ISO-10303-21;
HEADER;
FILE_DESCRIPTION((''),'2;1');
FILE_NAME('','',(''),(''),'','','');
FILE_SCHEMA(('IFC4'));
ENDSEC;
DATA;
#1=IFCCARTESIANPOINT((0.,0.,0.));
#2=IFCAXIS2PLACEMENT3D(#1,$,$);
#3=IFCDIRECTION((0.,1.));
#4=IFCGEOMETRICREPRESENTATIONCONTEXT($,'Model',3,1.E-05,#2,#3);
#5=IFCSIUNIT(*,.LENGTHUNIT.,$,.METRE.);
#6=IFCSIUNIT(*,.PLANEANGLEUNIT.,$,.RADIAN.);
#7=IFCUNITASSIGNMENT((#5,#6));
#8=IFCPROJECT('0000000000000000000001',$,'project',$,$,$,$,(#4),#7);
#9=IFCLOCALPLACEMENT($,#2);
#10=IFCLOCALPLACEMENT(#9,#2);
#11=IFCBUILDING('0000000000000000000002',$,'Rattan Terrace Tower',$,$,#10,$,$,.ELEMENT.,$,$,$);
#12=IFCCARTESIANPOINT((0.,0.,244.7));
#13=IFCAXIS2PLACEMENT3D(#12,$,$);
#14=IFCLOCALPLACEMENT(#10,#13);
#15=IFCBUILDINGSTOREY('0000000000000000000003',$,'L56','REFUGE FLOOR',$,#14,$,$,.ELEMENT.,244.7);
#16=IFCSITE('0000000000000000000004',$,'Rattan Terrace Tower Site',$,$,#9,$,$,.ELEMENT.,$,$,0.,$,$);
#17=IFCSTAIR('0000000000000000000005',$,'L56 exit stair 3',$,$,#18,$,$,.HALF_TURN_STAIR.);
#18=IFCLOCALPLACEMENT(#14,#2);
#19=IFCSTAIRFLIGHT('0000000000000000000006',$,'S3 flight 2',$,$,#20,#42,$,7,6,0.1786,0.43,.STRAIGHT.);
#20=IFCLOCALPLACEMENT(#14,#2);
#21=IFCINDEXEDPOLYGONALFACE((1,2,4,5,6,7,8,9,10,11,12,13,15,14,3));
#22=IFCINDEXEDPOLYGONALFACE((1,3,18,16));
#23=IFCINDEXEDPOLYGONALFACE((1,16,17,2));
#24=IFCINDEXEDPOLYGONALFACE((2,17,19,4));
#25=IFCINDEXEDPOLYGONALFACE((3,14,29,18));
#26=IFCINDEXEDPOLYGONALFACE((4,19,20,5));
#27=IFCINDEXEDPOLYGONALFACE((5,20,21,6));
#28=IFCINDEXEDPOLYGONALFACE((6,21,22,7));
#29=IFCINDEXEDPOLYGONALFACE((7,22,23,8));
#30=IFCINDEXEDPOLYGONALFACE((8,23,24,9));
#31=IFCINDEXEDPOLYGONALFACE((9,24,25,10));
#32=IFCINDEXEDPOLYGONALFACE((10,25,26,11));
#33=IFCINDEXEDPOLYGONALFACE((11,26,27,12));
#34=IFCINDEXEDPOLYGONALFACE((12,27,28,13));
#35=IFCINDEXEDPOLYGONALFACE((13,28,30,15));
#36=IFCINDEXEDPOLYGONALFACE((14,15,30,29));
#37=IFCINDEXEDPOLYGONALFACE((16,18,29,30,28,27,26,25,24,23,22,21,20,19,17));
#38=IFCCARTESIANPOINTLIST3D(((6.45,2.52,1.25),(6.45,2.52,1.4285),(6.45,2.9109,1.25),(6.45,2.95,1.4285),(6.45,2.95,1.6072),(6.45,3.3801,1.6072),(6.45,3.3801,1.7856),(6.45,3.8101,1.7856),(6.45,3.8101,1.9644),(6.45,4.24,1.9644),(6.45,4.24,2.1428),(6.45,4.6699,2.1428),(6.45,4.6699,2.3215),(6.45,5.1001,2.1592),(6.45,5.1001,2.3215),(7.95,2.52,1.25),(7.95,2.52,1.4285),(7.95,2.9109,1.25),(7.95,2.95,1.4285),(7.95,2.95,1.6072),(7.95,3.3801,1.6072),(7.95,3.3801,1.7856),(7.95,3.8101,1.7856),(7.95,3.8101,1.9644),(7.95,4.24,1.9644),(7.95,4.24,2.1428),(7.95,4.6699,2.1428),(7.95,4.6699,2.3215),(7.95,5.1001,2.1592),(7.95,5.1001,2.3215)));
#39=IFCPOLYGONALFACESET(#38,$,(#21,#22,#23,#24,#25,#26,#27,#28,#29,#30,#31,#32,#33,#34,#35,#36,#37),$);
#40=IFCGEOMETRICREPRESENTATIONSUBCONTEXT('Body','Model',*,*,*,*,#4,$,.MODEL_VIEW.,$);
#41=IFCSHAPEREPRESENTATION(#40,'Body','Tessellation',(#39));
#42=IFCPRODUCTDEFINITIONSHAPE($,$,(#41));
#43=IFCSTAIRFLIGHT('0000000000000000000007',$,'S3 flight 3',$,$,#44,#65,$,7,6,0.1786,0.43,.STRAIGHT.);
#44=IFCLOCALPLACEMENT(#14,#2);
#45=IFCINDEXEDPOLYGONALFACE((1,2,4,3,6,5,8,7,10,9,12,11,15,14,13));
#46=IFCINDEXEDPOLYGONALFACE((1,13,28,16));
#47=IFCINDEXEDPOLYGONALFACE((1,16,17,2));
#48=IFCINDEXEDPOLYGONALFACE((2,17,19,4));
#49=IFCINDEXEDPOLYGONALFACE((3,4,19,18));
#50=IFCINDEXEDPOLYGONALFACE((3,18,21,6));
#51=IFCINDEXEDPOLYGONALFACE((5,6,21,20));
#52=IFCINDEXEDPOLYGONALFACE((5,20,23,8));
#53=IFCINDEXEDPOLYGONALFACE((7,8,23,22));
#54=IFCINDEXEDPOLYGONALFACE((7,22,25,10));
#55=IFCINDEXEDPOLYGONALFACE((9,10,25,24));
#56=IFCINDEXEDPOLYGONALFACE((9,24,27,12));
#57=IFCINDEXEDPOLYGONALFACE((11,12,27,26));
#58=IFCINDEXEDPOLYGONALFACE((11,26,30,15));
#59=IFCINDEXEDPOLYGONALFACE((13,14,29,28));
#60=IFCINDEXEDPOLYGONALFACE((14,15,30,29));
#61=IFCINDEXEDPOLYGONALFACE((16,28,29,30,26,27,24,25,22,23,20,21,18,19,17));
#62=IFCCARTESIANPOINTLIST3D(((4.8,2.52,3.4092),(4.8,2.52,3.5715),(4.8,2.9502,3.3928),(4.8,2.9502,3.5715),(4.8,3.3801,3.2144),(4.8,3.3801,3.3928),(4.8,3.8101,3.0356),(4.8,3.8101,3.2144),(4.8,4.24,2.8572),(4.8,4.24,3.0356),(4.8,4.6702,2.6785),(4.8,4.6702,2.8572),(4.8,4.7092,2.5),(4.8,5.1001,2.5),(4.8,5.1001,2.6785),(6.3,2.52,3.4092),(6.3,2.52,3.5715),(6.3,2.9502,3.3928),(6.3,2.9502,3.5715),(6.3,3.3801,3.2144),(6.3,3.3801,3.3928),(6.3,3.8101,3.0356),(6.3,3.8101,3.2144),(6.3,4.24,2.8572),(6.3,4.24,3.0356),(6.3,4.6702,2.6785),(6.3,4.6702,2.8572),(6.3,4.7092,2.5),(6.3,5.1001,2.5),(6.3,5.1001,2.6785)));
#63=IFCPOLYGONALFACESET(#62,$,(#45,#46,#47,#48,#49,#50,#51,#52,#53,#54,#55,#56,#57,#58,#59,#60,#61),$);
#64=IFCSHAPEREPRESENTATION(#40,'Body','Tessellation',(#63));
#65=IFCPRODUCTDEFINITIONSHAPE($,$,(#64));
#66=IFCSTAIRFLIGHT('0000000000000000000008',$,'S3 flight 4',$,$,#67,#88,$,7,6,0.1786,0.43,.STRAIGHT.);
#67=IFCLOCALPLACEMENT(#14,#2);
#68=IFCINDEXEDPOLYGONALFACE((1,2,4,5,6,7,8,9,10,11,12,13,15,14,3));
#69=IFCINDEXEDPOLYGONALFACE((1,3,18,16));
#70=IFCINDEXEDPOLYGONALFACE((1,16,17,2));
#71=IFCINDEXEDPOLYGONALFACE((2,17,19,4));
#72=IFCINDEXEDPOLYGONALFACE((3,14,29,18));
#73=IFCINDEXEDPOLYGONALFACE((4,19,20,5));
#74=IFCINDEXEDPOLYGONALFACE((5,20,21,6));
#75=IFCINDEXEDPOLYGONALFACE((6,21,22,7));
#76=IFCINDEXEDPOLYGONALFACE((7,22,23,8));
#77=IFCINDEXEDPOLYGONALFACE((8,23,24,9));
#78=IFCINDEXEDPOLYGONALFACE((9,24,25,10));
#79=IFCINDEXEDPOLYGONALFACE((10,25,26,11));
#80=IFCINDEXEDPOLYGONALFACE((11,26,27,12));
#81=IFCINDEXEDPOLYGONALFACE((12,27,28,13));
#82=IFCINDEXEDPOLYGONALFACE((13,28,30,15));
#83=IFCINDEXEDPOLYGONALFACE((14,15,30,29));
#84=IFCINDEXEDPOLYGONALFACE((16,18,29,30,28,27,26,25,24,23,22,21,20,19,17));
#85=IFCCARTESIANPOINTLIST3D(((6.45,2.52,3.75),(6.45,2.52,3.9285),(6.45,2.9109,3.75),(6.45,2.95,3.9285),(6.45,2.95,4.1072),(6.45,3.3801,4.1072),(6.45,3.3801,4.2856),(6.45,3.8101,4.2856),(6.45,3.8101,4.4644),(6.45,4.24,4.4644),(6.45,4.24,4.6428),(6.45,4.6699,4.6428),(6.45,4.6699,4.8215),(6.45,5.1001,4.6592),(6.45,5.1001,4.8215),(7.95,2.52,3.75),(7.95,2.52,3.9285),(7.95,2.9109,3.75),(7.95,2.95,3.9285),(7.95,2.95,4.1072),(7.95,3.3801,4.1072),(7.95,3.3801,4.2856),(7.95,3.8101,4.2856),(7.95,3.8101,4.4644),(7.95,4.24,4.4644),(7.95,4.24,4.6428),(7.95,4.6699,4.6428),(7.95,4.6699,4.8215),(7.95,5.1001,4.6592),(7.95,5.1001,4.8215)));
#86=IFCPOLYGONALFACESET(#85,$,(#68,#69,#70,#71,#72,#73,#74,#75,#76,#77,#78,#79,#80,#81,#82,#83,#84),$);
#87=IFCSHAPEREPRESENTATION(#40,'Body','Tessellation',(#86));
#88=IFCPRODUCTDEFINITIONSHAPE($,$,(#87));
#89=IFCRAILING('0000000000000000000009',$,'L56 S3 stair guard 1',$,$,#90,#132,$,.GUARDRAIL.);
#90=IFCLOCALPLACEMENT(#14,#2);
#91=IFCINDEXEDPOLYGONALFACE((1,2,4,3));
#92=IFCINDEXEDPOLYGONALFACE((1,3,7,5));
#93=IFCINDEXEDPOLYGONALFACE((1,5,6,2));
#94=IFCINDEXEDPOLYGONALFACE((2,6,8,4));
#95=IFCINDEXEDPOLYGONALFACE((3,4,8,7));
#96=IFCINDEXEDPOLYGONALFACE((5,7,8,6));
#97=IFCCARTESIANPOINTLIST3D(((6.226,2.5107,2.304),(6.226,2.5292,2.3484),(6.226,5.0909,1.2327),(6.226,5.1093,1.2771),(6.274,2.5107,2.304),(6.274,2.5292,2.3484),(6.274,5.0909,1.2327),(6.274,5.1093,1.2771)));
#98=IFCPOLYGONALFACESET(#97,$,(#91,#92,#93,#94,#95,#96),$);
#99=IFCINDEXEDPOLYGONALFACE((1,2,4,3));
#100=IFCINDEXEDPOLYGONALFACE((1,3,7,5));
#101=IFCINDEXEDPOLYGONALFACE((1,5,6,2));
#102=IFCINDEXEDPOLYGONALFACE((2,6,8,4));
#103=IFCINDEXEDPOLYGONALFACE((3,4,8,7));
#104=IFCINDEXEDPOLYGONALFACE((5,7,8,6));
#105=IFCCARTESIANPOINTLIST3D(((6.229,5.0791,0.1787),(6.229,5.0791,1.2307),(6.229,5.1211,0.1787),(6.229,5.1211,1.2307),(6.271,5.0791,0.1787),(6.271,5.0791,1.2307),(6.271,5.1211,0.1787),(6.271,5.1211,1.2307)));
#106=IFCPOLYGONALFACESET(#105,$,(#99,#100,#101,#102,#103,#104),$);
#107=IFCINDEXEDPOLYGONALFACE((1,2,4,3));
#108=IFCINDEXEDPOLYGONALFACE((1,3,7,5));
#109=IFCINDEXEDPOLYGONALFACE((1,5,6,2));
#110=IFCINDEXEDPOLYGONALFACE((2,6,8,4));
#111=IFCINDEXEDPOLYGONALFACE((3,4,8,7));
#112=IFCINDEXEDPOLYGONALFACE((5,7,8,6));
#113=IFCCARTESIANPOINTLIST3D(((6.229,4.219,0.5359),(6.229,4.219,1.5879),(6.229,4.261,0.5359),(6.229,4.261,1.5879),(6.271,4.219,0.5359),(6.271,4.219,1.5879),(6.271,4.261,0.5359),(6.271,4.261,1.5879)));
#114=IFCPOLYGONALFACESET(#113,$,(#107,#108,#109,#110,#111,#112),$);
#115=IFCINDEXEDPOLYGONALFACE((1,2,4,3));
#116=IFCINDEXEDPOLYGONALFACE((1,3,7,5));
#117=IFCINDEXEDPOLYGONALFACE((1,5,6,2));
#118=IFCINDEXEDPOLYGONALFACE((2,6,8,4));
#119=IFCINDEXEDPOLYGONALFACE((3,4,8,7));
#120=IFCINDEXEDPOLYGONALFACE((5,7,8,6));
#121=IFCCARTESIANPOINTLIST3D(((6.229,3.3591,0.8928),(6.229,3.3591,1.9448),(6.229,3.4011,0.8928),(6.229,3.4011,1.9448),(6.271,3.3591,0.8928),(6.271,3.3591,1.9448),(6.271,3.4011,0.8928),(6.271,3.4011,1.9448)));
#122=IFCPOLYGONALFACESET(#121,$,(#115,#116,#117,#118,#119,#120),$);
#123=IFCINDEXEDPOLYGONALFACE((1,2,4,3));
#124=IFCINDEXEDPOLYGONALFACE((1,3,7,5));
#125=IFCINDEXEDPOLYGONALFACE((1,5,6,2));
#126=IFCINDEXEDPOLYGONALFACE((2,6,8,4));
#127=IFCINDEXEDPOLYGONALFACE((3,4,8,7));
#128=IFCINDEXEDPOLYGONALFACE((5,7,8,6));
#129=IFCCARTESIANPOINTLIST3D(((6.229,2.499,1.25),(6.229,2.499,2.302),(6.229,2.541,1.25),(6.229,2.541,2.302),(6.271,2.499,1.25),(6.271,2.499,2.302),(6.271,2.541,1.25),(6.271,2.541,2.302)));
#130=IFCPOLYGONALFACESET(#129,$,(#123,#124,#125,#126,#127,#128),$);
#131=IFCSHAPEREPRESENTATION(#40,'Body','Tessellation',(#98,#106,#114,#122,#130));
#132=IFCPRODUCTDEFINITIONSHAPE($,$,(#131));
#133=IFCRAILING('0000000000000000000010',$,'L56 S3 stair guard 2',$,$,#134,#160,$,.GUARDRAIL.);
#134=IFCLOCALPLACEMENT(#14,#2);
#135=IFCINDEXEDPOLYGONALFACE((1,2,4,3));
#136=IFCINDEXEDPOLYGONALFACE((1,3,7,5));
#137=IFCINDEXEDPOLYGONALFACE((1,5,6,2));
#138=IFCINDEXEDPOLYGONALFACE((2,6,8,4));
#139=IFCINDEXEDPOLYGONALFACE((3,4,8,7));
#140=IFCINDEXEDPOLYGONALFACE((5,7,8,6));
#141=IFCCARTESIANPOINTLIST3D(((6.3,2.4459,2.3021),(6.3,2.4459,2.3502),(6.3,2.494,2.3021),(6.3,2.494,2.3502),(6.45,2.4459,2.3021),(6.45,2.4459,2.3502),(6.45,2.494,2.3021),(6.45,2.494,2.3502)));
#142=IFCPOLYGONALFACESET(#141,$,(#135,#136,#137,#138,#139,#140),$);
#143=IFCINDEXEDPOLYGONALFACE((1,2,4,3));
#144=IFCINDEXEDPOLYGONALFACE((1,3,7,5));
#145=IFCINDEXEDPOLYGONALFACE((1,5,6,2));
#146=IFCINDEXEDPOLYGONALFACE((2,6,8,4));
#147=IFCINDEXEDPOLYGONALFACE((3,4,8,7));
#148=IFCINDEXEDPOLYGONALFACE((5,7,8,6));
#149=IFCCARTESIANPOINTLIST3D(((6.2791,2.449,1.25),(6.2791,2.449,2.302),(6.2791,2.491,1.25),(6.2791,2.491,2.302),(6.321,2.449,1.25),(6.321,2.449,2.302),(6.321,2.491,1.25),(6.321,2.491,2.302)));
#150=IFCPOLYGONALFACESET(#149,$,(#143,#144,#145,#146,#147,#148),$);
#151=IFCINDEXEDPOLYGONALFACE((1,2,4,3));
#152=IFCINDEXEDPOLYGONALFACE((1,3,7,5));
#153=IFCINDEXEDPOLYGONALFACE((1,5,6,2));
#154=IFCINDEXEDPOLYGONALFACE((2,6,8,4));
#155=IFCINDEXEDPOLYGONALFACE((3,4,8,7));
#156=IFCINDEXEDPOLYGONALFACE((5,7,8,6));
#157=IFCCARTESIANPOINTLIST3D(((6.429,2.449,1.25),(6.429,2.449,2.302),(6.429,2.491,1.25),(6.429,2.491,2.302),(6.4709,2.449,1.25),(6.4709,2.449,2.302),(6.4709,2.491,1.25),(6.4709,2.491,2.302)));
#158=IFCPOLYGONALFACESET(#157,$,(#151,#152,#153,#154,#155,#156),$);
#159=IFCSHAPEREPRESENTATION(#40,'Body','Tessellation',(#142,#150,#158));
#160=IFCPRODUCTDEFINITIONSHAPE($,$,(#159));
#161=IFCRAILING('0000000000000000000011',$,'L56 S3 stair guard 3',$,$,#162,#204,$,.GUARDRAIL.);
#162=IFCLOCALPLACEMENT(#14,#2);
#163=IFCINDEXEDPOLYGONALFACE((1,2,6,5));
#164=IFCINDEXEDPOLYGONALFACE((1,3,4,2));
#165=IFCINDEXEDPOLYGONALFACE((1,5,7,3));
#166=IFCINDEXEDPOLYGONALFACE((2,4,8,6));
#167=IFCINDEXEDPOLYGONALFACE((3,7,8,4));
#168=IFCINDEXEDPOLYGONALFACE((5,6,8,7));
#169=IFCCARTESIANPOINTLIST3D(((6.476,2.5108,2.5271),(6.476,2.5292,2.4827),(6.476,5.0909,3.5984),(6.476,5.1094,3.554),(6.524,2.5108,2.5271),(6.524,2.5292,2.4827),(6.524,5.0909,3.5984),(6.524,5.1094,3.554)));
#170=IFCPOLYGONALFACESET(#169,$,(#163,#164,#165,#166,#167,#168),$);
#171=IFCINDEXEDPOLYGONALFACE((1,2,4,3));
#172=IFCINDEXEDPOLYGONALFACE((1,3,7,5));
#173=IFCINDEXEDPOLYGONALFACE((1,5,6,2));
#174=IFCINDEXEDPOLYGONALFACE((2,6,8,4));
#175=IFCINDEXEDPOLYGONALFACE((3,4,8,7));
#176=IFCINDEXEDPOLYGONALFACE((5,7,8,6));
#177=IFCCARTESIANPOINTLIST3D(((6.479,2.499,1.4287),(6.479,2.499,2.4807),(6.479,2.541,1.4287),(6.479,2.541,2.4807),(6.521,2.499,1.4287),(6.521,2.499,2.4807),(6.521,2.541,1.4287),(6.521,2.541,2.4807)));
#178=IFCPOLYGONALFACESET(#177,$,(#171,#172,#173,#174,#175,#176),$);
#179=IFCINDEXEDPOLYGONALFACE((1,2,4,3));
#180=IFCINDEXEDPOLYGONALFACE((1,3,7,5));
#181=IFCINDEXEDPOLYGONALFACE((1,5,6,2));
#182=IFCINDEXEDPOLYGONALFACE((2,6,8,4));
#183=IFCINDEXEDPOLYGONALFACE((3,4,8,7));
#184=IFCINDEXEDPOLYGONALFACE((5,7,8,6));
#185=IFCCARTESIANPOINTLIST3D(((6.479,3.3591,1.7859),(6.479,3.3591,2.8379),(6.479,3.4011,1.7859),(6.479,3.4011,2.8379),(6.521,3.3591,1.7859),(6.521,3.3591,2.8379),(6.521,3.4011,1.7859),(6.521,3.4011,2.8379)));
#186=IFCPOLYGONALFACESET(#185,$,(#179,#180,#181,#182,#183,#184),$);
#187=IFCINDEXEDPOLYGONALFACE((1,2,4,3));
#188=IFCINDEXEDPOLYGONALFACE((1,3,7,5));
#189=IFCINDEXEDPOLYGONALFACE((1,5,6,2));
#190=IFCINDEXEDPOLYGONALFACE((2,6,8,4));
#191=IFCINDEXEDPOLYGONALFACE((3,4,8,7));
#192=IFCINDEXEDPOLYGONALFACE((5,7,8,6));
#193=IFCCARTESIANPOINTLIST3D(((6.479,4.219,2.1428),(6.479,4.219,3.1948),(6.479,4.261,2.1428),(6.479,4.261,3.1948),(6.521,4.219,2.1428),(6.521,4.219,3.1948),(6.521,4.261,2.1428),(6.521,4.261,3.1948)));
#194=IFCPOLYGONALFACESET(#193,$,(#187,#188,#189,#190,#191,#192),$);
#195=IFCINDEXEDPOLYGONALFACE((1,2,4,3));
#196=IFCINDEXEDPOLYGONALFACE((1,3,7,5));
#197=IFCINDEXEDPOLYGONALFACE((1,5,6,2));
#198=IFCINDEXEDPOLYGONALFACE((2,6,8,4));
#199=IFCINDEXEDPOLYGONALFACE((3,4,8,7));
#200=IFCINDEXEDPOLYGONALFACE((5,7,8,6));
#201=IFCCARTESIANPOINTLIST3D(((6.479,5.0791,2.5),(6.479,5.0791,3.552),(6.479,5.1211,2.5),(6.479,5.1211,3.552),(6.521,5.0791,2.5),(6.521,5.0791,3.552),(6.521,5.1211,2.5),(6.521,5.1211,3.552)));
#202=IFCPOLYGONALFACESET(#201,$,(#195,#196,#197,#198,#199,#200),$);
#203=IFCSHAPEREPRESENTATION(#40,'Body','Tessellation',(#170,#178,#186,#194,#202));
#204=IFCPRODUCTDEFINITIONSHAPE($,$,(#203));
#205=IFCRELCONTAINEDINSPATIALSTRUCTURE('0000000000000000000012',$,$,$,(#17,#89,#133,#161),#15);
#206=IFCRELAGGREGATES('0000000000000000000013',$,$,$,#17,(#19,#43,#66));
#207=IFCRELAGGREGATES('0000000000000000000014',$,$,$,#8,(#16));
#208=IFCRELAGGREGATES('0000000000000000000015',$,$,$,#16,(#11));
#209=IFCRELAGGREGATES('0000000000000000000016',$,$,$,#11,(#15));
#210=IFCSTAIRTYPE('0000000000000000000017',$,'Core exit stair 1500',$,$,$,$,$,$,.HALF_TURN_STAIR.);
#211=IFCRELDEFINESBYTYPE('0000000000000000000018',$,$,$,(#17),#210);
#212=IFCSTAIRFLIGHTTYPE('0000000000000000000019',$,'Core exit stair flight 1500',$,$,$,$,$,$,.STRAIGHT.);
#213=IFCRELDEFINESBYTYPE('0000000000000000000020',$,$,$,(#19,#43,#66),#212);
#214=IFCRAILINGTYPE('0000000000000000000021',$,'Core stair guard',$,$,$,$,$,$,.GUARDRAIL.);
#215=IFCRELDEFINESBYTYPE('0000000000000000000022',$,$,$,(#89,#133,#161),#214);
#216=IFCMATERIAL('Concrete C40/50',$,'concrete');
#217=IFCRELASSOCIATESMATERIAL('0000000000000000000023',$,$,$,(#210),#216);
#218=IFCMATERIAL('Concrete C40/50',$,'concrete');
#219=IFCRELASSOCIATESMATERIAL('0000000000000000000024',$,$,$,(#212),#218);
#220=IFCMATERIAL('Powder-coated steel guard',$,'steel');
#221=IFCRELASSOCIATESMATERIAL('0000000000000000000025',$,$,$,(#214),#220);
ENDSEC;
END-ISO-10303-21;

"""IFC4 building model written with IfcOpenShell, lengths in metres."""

from ifc_helpers import new_model, si_unit, direction, frame, origin, origin_2d, place, context, subcontext, project, spatial, polyline, rectangle, outline, extrude, material, type_object, element, aggregate, save


model = new_model("IFC4")

# Units and contexts
model_context = context("Model", 3, precision=1e-05, world=origin(), true_north=direction((0.0, 1.0)))
body_context = subcontext(model_context, "Body", "Model", "MODEL_VIEW")
ifc_project = project(units=[si_unit("LENGTHUNIT", "METRE"), si_unit("PLANEANGLEUNIT", "RADIAN")], contexts=[model_context])

# Site, building, storey
site_placement = place(None, origin())
site = spatial("IfcSite", under=ifc_project, at=site_placement, Name="Rattan Terrace Tower Site", CompositionType="ELEMENT", RefElevation=0.0)
building_placement = place(site_placement, origin())
building = spatial("IfcBuilding", under=site, at=building_placement, Name="Rattan Terrace Tower", CompositionType="ELEMENT")
storey_placement = place(building_placement, frame((0.0, 0.0, 244.7)))
storey = spatial("IfcBuildingStorey", under=building, at=storey_placement, Name="L56", Description="REFUGE FLOOR", CompositionType="ELEMENT", Elevation=244.7)

# Stair, stair flights
ifc_material_1 = material(Name="Concrete C40/50", Category="concrete")
stair_type = type_object("IfcStairType", Name="Core exit stair 1500", PredefinedType="HALF_TURN_STAIR", material=ifc_material_1)
stair_placement = place(storey_placement, origin())
stair = element("IfcStair", 1, at=stair_placement, inside=storey, type_object=stair_type, Name="L56 exit stair 3", PredefinedType="HALF_TURN_STAIR")
ifc_material_2 = material(Name="Concrete C40/50", Category="concrete")
stair_flight_type = type_object("IfcStairFlightType", Name="Core exit stair flight 1500", PredefinedType="STRAIGHT", material=ifc_material_2)
stair_flight_1_placement = place(storey_placement, frame((7.2, 2.52, 1.25), z_axis=(0.0, 0.0, 1.0), x_axis=(0.0, 1.0, 0.0)))
stair_flight_1 = element("IfcStairFlight", 2, at=stair_flight_1_placement, type_object=stair_flight_type, Name="S3 flight 2", NumberOfRisers=7, NumberOfTreads=6, PredefinedType="STRAIGHT", RiserHeight=0.1786, TreadLength=0.43, context=body_context, shape_type="SweptSolid", body=[
    extrude(outline(polyline([(0.0, 0.0), (0.0, 0.1785), (0.4299, 0.1785), (0.4299, 0.3572), (0.8601, 0.3572), (0.8601, 0.5356), (1.29, 0.5356), (1.29, 0.7144), (1.72, 0.7144), (1.72, 0.8928), (2.1499, 0.8928), (2.1499, 1.0715), (2.5801, 1.0715), (2.5801, 1.25), (2.5801, 0.9092), (0.3909, 0.0), (0.0, 0.0)])), frame((0.0, 0.75, 0.0), z_axis=(0.0, -1.0, 0.0), x_axis=(1.0, 0.0, 0.0)), (0.0, 0.0, 1.0), 1.5),
])
stair_flight_2_placement = place(storey_placement, frame((5.55, 5.1001, 2.5), z_axis=(0.0, 0.0, 1.0), x_axis=(0.0, -1.0, 0.0)))
stair_flight_2 = element("IfcStairFlight", 3, at=stair_flight_2_placement, type_object=stair_flight_type, Name="S3 flight 3", NumberOfRisers=7, NumberOfTreads=6, PredefinedType="STRAIGHT", RiserHeight=0.1786, TreadLength=0.43, context=body_context, shape_type="SweptSolid", body=[
    extrude(outline(polyline([(0.0, 0.0), (0.0, 0.1785), (0.4299, 0.1785), (0.4299, 0.3572), (0.8601, 0.3572), (0.8601, 0.5356), (1.29, 0.5356), (1.29, 0.7144), (1.72, 0.7144), (1.72, 0.8928), (2.1499, 0.8928), (2.1499, 1.0715), (2.5801, 1.0715), (2.5801, 1.25), (2.5801, 0.9092), (0.3909, 0.0), (0.0, 0.0)])), frame((0.0, 0.75, 0.0), z_axis=(0.0, -1.0, 0.0), x_axis=(1.0, 0.0, 0.0)), (0.0, 0.0, 1.0), 1.5),
])
stair_flight_3_placement = place(storey_placement, frame((7.2, 2.52, 3.75), z_axis=(0.0, 0.0, 1.0), x_axis=(0.0, 1.0, 0.0)))
stair_flight_3 = element("IfcStairFlight", 4, at=stair_flight_3_placement, type_object=stair_flight_type, Name="S3 flight 4", NumberOfRisers=7, NumberOfTreads=6, PredefinedType="STRAIGHT", RiserHeight=0.1786, TreadLength=0.43, context=body_context, shape_type="SweptSolid", body=[
    extrude(outline(polyline([(0.0, 0.0), (0.0, 0.1785), (0.4299, 0.1785), (0.4299, 0.3572), (0.8601, 0.3572), (0.8601, 0.5356), (1.29, 0.5356), (1.29, 0.7144), (1.72, 0.7144), (1.72, 0.8928), (2.1499, 0.8928), (2.1499, 1.0715), (2.5801, 1.0715), (2.5801, 1.25), (2.5801, 0.9092), (0.3909, 0.0), (0.0, 0.0)])), frame((0.0, 0.75, 0.0), z_axis=(0.0, -1.0, 0.0), x_axis=(1.0, 0.0, 0.0)), (0.0, 0.0, 1.0), 1.5),
])
aggregate(stair, [stair_flight_1, stair_flight_2, stair_flight_3])

# Railings
ifc_material_3 = material(Name="Powder-coated steel guard", Category="steel")
railing_type_1 = type_object("IfcRailingType", Name="Core stair guard", PredefinedType="GUARDRAIL", material=ifc_material_3)
railing_1_placement = place(storey_placement, frame((6.25, 5.1001, 0.1787)))
element("IfcRailing", 5, at=railing_1_placement, inside=storey, type_object=railing_type_1, Name="L56 S3 stair guard 1", PredefinedType="GUARDRAIL", context=body_context, shape_type="SweptSolid", body=[
    extrude(rectangle(XDim=0.0481, YDim=0.0481, at=origin_2d()), frame((0.0, 0.0, 1.0762), z_axis=(0.0, -0.923552, 0.383473), x_axis=(1.0, 0.0, 0.0)), (0.0, 0.0, 1.0), 2.7937),
    extrude(rectangle(XDim=0.042, YDim=0.042, at=origin_2d()), origin(), (0.0, 0.0, 1.0), 1.052),
    extrude(rectangle(XDim=0.042, YDim=0.042, at=origin_2d()), frame((0.0, -0.8601, 0.3572)), (0.0, 0.0, 1.0), 1.052),
    extrude(rectangle(XDim=0.042, YDim=0.042, at=origin_2d()), frame((0.0, -1.72, 0.7141)), (0.0, 0.0, 1.0), 1.052),
    extrude(rectangle(XDim=0.042, YDim=0.042, at=origin_2d()), frame((0.0, -2.5801, 1.0713)), (0.0, 0.0, 1.0), 1.052),
])
railing_2_placement = place(storey_placement, frame((6.3, 2.47, 1.25)))
element("IfcRailing", 6, at=railing_2_placement, inside=storey, type_object=railing_type_1, Name="L56 S3 stair guard 2", PredefinedType="GUARDRAIL", context=body_context, shape_type="SweptSolid", body=[
    extrude(rectangle(XDim=0.0481, YDim=0.0481, at=origin_2d()), frame((0.0, 0.0, 1.0762), z_axis=(1.0, 0.0, 0.0), x_axis=(0.0, 1.0, 0.0)), (0.0, 0.0, 1.0), 0.1499),
    extrude(rectangle(XDim=0.042, YDim=0.042, at=origin_2d()), origin(), (0.0, 0.0, 1.0), 1.052),
    extrude(rectangle(XDim=0.042, YDim=0.042, at=origin_2d()), frame((0.1499, 0.0, 0.0)), (0.0, 0.0, 1.0), 1.052),
])
railing_3_placement = place(storey_placement, frame((6.5, 2.52, 1.4287)))
element("IfcRailing", 7, at=railing_3_placement, inside=storey, type_object=railing_type_1, Name="L56 S3 stair guard 3", PredefinedType="GUARDRAIL", context=body_context, shape_type="SweptSolid", body=[
    extrude(rectangle(XDim=0.0481, YDim=0.0481, at=origin_2d()), frame((0.0, 0.0, 1.0762), z_axis=(0.0, 0.923552, 0.383473), x_axis=(-1.0, 0.0, 0.0)), (0.0, 0.0, 1.0), 2.7937),
    extrude(rectangle(XDim=0.042, YDim=0.042, at=origin_2d()), origin(), (0.0, 0.0, 1.0), 1.052),
    extrude(rectangle(XDim=0.042, YDim=0.042, at=origin_2d()), frame((0.0, 0.8601, 0.3572)), (0.0, 0.0, 1.0), 1.052),
    extrude(rectangle(XDim=0.042, YDim=0.042, at=origin_2d()), frame((0.0, 1.72, 0.7141)), (0.0, 0.0, 1.0), 1.052),
    extrude(rectangle(XDim=0.042, YDim=0.042, at=origin_2d()), frame((0.0, 2.5801, 1.0713)), (0.0, 0.0, 1.0), 1.052),
])

save(model, "model.ifc")
